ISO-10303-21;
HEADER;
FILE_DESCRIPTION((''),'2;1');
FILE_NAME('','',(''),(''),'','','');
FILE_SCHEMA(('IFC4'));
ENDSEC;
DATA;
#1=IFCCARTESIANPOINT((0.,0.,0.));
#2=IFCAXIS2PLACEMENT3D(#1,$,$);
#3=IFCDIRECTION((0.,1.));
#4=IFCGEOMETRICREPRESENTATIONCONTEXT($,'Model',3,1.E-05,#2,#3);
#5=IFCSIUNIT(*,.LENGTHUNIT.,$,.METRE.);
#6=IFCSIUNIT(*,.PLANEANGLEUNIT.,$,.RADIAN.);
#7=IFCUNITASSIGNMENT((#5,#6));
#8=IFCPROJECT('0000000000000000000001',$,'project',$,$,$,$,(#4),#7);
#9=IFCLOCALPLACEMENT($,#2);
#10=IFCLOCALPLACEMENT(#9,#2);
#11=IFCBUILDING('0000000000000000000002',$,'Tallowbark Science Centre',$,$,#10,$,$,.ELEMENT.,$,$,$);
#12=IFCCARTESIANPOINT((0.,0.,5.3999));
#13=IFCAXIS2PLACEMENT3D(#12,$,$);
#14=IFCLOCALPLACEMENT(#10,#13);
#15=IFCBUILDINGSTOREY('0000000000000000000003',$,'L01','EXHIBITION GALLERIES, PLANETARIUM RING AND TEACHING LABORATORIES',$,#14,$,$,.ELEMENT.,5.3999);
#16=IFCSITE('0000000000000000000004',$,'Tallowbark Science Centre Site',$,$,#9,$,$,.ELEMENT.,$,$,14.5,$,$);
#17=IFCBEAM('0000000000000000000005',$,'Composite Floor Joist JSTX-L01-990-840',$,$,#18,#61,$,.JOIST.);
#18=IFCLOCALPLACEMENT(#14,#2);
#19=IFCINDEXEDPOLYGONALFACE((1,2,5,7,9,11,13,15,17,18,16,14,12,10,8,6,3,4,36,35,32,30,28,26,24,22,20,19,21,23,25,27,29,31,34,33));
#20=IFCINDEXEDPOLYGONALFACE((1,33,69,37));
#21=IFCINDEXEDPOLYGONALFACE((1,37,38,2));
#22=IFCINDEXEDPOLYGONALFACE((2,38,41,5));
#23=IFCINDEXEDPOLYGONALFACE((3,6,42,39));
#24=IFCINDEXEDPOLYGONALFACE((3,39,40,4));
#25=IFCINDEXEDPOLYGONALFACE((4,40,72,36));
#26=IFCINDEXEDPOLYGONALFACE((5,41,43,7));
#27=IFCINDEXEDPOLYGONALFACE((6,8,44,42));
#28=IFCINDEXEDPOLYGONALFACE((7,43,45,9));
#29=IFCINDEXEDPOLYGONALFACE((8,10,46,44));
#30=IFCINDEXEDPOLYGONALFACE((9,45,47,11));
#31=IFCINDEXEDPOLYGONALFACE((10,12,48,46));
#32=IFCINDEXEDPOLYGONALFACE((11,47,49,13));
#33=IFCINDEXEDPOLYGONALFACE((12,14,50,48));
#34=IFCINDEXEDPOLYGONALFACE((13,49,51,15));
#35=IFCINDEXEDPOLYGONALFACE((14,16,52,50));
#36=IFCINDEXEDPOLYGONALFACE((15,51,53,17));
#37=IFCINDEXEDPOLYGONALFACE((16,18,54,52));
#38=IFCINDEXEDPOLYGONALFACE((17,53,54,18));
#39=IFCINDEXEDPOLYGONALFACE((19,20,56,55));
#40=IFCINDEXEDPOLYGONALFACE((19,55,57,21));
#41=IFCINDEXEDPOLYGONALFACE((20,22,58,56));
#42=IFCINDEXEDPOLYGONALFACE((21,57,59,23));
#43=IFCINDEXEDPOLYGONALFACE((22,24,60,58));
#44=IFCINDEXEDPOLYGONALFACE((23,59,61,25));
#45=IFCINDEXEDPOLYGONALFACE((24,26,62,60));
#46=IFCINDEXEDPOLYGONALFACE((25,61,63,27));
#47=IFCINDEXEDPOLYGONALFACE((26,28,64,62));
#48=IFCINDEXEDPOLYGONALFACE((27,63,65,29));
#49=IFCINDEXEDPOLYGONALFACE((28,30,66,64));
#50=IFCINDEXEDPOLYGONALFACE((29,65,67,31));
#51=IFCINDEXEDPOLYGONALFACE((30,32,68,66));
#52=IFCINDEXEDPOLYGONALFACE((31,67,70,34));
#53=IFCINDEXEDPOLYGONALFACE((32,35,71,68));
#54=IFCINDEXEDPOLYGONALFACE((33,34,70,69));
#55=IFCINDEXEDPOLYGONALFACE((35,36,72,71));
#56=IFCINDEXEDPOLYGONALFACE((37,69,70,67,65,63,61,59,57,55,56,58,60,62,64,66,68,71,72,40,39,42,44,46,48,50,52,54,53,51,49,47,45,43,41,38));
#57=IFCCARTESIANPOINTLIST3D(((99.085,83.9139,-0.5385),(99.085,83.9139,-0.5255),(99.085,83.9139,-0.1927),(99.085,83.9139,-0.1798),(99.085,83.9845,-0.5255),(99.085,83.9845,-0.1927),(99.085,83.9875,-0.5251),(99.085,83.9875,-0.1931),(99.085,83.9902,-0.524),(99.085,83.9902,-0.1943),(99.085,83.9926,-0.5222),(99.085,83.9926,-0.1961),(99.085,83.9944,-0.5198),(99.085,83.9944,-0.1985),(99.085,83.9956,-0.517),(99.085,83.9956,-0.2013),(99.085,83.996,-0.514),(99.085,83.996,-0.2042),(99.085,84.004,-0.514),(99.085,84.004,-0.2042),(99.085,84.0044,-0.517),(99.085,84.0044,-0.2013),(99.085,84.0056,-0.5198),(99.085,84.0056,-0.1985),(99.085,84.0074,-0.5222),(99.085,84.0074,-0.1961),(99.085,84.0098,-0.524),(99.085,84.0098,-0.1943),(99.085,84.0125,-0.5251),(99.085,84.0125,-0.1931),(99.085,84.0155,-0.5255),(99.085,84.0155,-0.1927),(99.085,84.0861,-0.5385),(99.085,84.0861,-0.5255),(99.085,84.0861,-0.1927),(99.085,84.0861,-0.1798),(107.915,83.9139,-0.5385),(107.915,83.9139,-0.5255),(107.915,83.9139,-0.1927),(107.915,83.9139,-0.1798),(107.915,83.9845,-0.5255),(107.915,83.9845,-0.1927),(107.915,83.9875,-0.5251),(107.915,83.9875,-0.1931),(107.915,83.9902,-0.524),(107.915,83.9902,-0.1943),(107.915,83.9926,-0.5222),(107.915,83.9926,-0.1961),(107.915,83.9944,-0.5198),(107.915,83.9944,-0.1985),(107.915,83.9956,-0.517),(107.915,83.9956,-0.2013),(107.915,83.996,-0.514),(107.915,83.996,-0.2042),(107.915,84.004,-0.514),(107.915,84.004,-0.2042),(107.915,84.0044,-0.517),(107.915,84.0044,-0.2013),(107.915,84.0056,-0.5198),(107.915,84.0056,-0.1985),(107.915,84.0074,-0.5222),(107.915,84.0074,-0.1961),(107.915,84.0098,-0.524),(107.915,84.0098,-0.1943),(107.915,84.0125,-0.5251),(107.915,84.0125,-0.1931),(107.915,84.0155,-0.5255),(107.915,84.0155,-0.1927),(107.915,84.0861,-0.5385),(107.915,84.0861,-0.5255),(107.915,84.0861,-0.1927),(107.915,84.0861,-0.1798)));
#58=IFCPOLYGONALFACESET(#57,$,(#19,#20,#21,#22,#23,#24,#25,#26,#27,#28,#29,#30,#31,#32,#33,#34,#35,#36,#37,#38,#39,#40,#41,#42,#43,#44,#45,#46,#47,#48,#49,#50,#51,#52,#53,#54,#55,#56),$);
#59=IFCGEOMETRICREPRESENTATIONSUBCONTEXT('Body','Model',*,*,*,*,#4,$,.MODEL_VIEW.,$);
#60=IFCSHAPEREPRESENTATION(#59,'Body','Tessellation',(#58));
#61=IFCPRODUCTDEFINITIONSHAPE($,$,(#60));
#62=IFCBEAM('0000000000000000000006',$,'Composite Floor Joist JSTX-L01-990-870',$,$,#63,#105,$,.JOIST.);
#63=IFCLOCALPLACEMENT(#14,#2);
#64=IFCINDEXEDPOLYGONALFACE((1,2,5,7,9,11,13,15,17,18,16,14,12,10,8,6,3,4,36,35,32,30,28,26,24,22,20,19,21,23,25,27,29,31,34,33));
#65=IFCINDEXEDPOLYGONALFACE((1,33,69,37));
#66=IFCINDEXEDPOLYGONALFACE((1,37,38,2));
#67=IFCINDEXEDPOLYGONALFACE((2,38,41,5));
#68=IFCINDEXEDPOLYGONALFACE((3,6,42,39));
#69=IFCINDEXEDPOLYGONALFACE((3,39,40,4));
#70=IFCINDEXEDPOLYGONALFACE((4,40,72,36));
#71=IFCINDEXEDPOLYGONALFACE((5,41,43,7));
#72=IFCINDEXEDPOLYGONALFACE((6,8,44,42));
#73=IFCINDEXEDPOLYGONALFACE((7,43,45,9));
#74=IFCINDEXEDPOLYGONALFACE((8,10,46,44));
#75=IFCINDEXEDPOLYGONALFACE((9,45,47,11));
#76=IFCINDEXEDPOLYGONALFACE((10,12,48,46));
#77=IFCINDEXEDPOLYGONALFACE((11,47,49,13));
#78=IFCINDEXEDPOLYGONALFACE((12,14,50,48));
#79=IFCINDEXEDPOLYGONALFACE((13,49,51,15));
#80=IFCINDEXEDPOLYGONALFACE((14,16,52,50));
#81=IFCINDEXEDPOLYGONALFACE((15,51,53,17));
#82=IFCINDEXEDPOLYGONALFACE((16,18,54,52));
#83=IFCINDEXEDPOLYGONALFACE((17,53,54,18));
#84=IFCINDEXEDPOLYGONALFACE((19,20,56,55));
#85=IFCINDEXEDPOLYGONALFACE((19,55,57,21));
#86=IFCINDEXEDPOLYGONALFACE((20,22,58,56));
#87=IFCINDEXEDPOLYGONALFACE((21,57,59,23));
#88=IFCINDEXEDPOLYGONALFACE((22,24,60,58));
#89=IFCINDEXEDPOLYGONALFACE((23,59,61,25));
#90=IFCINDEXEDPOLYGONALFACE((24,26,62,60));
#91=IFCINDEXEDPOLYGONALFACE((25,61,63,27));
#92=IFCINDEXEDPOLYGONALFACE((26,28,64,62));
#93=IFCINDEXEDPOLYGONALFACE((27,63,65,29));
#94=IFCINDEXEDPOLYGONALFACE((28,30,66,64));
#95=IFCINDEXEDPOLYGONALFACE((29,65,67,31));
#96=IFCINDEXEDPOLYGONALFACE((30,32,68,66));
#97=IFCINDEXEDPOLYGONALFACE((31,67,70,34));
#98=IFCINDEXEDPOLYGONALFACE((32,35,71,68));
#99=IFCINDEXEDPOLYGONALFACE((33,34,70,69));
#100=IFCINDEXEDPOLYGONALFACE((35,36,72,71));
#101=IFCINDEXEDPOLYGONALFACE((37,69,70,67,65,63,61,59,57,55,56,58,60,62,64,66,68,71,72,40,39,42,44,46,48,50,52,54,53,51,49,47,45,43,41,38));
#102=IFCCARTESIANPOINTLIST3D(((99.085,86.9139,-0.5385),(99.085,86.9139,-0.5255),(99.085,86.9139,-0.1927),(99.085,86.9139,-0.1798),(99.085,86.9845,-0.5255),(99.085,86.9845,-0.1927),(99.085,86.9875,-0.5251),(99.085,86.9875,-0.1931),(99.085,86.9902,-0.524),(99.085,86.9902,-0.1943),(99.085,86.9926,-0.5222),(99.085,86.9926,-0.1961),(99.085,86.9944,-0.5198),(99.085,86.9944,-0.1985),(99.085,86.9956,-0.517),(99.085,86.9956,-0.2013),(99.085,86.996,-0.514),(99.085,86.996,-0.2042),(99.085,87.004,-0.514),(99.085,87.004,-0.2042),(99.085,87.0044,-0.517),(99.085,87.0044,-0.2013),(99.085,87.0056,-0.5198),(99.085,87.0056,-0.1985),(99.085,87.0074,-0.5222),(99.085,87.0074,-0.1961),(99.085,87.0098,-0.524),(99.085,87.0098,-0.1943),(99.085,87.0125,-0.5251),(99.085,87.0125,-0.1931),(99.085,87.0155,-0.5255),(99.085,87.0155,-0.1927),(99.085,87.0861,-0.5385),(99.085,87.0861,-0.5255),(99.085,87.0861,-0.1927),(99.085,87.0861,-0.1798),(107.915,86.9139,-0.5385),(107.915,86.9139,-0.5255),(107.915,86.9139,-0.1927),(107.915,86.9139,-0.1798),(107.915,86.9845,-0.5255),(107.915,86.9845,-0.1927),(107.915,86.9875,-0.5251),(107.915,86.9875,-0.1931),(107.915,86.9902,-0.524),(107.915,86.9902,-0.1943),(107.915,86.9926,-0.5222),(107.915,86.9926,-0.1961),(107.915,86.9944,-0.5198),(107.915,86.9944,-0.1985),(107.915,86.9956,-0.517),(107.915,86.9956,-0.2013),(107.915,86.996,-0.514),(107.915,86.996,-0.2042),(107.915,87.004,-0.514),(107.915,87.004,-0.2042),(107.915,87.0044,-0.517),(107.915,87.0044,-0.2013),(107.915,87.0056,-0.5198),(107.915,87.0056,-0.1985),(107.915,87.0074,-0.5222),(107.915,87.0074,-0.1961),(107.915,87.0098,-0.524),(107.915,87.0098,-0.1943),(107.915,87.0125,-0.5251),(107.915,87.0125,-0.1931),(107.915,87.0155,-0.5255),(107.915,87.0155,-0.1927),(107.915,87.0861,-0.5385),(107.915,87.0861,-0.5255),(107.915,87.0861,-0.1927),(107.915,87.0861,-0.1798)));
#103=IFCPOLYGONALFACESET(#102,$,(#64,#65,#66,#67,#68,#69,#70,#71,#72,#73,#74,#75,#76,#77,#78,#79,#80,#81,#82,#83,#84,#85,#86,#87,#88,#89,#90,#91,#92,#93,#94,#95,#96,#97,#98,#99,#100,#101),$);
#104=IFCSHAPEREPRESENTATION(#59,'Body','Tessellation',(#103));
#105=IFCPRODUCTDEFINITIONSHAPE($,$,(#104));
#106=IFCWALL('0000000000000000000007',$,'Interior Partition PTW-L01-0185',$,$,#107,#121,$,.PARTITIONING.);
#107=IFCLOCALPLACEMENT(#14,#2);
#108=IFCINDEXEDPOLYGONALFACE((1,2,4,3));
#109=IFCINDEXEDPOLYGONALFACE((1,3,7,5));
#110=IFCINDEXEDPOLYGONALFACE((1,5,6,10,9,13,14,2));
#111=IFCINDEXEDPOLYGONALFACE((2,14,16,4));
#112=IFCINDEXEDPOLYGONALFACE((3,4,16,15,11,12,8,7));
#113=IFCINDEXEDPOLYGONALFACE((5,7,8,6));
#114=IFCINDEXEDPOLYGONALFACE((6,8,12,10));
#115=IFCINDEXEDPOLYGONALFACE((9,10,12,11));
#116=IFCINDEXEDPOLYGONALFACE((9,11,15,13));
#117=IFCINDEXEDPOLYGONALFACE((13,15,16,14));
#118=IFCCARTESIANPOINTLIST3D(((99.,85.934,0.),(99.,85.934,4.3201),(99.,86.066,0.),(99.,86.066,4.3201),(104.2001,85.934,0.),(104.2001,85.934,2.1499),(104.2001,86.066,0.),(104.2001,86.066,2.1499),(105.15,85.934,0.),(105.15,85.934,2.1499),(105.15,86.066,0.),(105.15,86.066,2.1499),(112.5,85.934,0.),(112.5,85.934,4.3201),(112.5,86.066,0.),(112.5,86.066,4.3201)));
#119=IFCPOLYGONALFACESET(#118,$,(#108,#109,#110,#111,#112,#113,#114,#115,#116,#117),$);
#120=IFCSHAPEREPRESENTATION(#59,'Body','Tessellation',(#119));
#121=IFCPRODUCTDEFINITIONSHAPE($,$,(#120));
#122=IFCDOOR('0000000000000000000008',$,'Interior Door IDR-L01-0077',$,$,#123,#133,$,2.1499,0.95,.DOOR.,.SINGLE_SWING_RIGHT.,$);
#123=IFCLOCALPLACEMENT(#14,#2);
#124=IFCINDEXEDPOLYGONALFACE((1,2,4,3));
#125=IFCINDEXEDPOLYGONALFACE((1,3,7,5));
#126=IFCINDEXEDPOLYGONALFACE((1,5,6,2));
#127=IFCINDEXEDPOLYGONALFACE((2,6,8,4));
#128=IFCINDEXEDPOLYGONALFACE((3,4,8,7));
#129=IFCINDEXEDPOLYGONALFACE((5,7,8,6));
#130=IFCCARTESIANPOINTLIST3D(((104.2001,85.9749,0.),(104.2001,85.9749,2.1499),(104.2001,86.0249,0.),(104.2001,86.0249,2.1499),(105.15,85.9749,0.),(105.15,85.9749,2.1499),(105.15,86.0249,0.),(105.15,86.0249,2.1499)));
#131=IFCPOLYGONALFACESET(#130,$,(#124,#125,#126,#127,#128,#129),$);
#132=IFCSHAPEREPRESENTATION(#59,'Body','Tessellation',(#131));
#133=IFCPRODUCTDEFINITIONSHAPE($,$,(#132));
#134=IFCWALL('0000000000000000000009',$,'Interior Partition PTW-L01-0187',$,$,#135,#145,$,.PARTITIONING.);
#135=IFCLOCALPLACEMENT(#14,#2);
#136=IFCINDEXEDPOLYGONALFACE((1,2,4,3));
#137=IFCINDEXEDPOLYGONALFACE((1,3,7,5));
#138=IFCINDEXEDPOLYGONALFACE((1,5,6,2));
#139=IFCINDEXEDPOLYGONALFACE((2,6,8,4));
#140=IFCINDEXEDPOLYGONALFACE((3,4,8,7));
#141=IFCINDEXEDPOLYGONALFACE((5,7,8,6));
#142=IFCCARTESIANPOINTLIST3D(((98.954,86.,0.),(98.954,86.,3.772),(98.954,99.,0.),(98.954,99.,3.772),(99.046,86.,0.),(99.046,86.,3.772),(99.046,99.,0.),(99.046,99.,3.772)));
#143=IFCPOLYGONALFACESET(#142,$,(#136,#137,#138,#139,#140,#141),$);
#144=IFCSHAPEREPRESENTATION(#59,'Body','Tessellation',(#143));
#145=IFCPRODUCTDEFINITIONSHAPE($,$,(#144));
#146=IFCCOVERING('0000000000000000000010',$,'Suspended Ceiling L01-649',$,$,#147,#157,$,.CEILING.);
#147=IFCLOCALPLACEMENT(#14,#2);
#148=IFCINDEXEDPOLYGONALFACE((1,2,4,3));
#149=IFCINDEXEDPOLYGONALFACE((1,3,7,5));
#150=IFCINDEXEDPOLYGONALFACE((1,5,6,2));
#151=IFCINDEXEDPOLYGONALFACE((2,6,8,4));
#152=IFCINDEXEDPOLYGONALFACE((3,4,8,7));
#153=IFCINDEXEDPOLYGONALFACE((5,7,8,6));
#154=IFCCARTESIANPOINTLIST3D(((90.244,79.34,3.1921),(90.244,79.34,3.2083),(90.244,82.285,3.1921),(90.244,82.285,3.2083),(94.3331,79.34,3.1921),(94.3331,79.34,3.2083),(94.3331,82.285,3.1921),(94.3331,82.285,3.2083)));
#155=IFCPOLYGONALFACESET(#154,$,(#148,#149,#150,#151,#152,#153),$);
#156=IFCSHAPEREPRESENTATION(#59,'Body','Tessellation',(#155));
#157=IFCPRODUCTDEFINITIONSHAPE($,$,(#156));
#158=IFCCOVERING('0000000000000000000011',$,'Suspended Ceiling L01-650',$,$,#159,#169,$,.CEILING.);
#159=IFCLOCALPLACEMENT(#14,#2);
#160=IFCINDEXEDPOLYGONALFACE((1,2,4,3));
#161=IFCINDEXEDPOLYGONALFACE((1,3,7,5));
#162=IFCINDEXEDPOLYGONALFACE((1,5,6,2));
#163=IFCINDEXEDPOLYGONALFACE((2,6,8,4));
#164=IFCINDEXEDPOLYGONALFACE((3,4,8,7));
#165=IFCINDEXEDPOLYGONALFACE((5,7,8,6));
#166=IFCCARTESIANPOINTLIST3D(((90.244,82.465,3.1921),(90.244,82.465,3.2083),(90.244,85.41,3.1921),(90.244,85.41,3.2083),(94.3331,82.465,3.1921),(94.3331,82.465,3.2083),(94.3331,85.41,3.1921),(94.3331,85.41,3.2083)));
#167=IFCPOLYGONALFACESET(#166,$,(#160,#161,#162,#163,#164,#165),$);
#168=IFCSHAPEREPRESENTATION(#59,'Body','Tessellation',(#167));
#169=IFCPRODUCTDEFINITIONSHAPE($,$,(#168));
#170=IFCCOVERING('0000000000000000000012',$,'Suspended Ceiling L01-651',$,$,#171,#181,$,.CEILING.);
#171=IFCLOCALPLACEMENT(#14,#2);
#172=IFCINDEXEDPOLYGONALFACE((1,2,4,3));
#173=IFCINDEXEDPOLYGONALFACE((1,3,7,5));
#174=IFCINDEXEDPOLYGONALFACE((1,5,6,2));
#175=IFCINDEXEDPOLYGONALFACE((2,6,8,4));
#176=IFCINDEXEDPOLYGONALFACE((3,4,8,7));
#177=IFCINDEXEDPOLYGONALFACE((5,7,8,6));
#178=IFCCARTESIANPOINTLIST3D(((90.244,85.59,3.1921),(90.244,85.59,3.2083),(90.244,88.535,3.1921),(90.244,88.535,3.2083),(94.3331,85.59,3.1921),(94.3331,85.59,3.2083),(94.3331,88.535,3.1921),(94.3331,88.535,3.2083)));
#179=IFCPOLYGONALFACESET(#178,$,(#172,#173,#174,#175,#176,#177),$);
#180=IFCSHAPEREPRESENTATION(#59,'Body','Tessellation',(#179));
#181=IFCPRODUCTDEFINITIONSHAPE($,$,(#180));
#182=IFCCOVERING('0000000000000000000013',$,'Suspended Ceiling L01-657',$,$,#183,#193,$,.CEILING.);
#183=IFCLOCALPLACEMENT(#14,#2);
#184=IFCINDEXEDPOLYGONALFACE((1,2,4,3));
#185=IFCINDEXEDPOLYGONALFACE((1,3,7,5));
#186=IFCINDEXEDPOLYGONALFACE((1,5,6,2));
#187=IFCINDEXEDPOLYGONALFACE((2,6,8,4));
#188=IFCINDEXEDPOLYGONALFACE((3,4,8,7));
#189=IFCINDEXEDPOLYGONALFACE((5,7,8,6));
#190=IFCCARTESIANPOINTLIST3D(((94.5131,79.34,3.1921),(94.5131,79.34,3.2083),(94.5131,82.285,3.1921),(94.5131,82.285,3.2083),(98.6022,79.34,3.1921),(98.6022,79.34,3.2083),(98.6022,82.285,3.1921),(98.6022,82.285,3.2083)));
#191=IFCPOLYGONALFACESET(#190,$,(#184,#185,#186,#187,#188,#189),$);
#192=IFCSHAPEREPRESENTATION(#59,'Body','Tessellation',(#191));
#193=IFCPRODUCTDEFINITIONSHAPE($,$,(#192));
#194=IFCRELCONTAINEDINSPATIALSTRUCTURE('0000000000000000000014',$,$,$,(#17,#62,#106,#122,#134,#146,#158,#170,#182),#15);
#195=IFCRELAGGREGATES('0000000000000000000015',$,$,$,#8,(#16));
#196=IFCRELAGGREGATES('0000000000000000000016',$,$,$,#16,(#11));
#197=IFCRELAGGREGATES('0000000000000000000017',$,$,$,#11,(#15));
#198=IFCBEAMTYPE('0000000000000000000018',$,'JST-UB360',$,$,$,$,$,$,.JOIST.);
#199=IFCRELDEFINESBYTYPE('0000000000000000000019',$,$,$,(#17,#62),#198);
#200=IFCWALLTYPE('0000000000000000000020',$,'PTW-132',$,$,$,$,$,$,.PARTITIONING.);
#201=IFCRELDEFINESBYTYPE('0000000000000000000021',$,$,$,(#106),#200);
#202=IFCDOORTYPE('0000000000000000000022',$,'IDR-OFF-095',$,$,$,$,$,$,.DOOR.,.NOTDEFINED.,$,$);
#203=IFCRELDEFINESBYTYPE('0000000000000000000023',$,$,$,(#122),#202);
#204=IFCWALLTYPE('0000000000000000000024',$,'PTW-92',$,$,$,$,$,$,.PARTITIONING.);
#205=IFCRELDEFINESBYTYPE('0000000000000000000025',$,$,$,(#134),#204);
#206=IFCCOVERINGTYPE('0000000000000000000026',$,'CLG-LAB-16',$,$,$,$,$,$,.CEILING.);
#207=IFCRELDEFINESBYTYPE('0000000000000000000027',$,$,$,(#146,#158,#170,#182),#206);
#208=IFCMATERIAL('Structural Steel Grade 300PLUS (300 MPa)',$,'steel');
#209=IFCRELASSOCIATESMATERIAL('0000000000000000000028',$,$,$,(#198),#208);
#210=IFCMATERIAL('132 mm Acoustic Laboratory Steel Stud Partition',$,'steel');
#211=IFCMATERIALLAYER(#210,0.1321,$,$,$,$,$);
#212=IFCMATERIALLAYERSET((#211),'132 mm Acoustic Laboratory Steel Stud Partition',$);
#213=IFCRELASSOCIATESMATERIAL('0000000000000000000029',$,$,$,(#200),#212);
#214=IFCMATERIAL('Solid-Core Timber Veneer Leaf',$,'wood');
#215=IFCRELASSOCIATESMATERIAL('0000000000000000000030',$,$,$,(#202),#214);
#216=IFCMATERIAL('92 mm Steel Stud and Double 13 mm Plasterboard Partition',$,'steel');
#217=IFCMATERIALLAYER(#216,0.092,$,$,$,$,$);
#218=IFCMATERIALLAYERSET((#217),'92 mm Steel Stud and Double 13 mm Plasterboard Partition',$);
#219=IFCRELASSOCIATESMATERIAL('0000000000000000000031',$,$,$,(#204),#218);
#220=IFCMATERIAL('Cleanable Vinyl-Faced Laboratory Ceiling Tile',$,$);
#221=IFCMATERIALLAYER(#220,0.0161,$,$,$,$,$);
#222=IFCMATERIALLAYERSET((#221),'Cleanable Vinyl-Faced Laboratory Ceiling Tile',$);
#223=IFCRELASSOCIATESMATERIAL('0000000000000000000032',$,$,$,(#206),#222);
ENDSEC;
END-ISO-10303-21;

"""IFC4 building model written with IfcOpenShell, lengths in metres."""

from ifc_helpers import new_model, si_unit, direction, frame, frame_2d, origin, origin_2d, place, context, subcontext, project, spatial, rectangle, i_section, extrude, material, layer, layer_set, material_profile, profile_set, type_object, element, fill, save


model = new_model("IFC4")

# Units and contexts
model_context = context("Model", 3, precision=1e-05, world=origin(), true_north=direction((0.0, 1.0)))
body_context = subcontext(model_context, "Body", "Model", "MODEL_VIEW")
ifc_project = project(units=[si_unit("LENGTHUNIT", "METRE"), si_unit("PLANEANGLEUNIT", "RADIAN")], contexts=[model_context])

# Site, building, storey
site_placement = place(None, origin())
site = spatial("IfcSite", under=ifc_project, at=site_placement, Name="Tallowbark Science Centre Site", CompositionType="ELEMENT", RefElevation=14.5)
building_placement = place(site_placement, origin())
building = spatial("IfcBuilding", under=site, at=building_placement, Name="Tallowbark Science Centre", CompositionType="ELEMENT")
storey_placement = place(building_placement, frame((0.0, 0.0, 5.3999)))
storey = spatial("IfcBuildingStorey", under=building, at=storey_placement, Name="L01", Description="EXHIBITION GALLERIES, PLANETARIUM RING AND TEACHING LABORATORIES", CompositionType="ELEMENT", Elevation=5.3999)

# Shared definitions
ifc_material_1 = material(Name="Structural Steel Grade 300PLUS (300 MPa)", Category="steel")

# Beams
ifc_material_profile_1 = material_profile(ifc_material_1, i_section(OverallWidth=0.1721, OverallDepth=0.3586, WebThickness=0.0081, FlangeThickness=0.0129, FilletRadius=0.0115, at=origin_2d()), Name="360UB56.7")
ifc_profile_set_1 = profile_set([ifc_material_profile_1], Name="Structural Steel Grade 300PLUS (300 MPa)")
beam_type_1 = type_object("IfcBeamType", Name="JST-UB360", PredefinedType="JOIST", material=ifc_profile_set_1)
for number, where, z_axis, x_axis, name in (
    (1, (99.085, 84.0, -0.3591), (1.0, 0.0, 0.0), (0.0, 1.0, 0.0), "Composite Floor Joist JSTX-L01-990-840"),
    (2, (99.085, 87.0, -0.3591), (1.0, 0.0, 0.0), (0.0, 1.0, 0.0), "Composite Floor Joist JSTX-L01-990-870"),
):
    element("IfcBeam", number, at=place(storey_placement, frame(where, z_axis=z_axis, x_axis=x_axis)), inside=storey, type_object=beam_type_1, Name=name, PredefinedType="JOIST", context=body_context, shape_type="SweptSolid", body=[
        extrude(i_section(OverallWidth=0.1721, OverallDepth=0.3586, WebThickness=0.0081, FlangeThickness=0.0129, FilletRadius=0.0115, at=origin_2d()), origin(), (0.0, 0.0, 1.0), 8.8301),
    ])

# Wall, opening, door
ifc_material_2 = material(Name="132 mm Acoustic Laboratory Steel Stud Partition", Category="steel")
ifc_layer_1 = layer(ifc_material_2, 0.1321)
ifc_layer_set_1 = layer_set([ifc_layer_1], Name="132 mm Acoustic Laboratory Steel Stud Partition")
wall_type_1 = type_object("IfcWallType", Name="PTW-132", PredefinedType="PARTITIONING", material=ifc_layer_set_1)
wall_1_placement = place(storey_placement, frame((99.0, 86.0, 0.0), z_axis=(0.0, 0.0, 1.0), x_axis=(1.0, 0.0, 0.0)))
wall_1 = element("IfcWall", 3, at=wall_1_placement, inside=storey, type_object=wall_type_1, Name="Interior Partition PTW-L01-0185", PredefinedType="PARTITIONING", context=body_context, shape_type="SweptSolid", body=[
    extrude(rectangle(XDim=13.5, YDim=0.1321, at=frame_2d((6.75, 0.0))), origin(), (0.0, 0.0, 1.0), 4.3201),
])
opening_placement = place(wall_1_placement, frame((5.2, 0.0, 0.0)))
opening = element("IfcOpeningElement", 4, at=opening_placement, cuts=wall_1, PredefinedType="OPENING", context=body_context, shape_type="SweptSolid", body=[
    extrude(rectangle(XDim=0.95, YDim=2.1499, at=frame_2d((0.4751, 1.075))), frame((0.0, 0.0762, 0.0), z_axis=(0.0, -1.0, 0.0), x_axis=(1.0, 0.0, 0.0)), (0.0, 0.0, 1.0), 0.1521),
])
ifc_material_3 = material(Name="Solid-Core Timber Veneer Leaf", Category="wood")
door_type = type_object("IfcDoorType", Name="IDR-OFF-095", OperationType="NOTDEFINED", PredefinedType="DOOR", material=ifc_material_3)
door_placement = place(opening_placement, origin())
door = element("IfcDoor", 5, at=door_placement, inside=storey, type_object=door_type, Name="Interior Door IDR-L01-0077", OperationType="SINGLE_SWING_RIGHT", OverallHeight=2.1499, OverallWidth=0.95, PredefinedType="DOOR", context=body_context, shape_type="SweptSolid", body=[
    extrude(rectangle(XDim=0.95, YDim=2.1499, at=frame_2d((0.4751, 1.075))), frame((0.0, 0.0249, 0.0), z_axis=(0.0, -1.0, 0.0), x_axis=(1.0, 0.0, 0.0)), (0.0, 0.0, 1.0), 0.05),
])
fill(opening, door)

# Wall
ifc_material_4 = material(Name="92 mm Steel Stud and Double 13 mm Plasterboard Partition", Category="steel")
ifc_layer_2 = layer(ifc_material_4, 0.092)
ifc_layer_set_2 = layer_set([ifc_layer_2], Name="92 mm Steel Stud and Double 13 mm Plasterboard Partition")
wall_type_2 = type_object("IfcWallType", Name="PTW-92", PredefinedType="PARTITIONING", material=ifc_layer_set_2)
wall_2_placement = place(storey_placement, frame((99.0, 86.0, 0.0), z_axis=(0.0, 0.0, 1.0), x_axis=(0.0, 1.0, 0.0)))
element("IfcWall", 6, at=wall_2_placement, inside=storey, type_object=wall_type_2, Name="Interior Partition PTW-L01-0187", PredefinedType="PARTITIONING", context=body_context, shape_type="SweptSolid", body=[
    extrude(rectangle(XDim=13.0, YDim=0.092, at=frame_2d((6.5, 0.0))), origin(), (0.0, 0.0, 1.0), 3.772),
])

# Coverings
ifc_material_5 = material(Name="Cleanable Vinyl-Faced Laboratory Ceiling Tile")
ifc_layer_3 = layer(ifc_material_5, 0.0161)
ifc_layer_set_3 = layer_set([ifc_layer_3], Name="Cleanable Vinyl-Faced Laboratory Ceiling Tile")
covering_type_1 = type_object("IfcCoveringType", Name="CLG-LAB-16", PredefinedType="CEILING", material=ifc_layer_set_3)
for number, where, z_axis, x_axis, name in (
    (7, (92.2886, 80.8125, 3.1921), (0.0, 0.0, 1.0), (1.0, 0.0, 0.0), "Suspended Ceiling L01-649"),
    (8, (92.2886, 83.9375, 3.1921), (0.0, 0.0, 1.0), (1.0, 0.0, 0.0), "Suspended Ceiling L01-650"),
    (9, (92.2886, 87.0625, 3.1921), (0.0, 0.0, 1.0), (1.0, 0.0, 0.0), "Suspended Ceiling L01-651"),
    (10, (96.5576, 80.8125, 3.1921), (0.0, 0.0, 1.0), (1.0, 0.0, 0.0), "Suspended Ceiling L01-657"),
):
    element("IfcCovering", number, at=place(storey_placement, frame(where, z_axis=z_axis, x_axis=x_axis)), inside=storey, type_object=covering_type_1, Name=name, PredefinedType="CEILING", context=body_context, shape_type="SweptSolid", body=[
        extrude(rectangle(XDim=4.0891, YDim=2.9451, at=origin_2d()), origin(), (0.0, 0.0, 1.0), 0.0161),
    ])

save(model, "model.ifc")
